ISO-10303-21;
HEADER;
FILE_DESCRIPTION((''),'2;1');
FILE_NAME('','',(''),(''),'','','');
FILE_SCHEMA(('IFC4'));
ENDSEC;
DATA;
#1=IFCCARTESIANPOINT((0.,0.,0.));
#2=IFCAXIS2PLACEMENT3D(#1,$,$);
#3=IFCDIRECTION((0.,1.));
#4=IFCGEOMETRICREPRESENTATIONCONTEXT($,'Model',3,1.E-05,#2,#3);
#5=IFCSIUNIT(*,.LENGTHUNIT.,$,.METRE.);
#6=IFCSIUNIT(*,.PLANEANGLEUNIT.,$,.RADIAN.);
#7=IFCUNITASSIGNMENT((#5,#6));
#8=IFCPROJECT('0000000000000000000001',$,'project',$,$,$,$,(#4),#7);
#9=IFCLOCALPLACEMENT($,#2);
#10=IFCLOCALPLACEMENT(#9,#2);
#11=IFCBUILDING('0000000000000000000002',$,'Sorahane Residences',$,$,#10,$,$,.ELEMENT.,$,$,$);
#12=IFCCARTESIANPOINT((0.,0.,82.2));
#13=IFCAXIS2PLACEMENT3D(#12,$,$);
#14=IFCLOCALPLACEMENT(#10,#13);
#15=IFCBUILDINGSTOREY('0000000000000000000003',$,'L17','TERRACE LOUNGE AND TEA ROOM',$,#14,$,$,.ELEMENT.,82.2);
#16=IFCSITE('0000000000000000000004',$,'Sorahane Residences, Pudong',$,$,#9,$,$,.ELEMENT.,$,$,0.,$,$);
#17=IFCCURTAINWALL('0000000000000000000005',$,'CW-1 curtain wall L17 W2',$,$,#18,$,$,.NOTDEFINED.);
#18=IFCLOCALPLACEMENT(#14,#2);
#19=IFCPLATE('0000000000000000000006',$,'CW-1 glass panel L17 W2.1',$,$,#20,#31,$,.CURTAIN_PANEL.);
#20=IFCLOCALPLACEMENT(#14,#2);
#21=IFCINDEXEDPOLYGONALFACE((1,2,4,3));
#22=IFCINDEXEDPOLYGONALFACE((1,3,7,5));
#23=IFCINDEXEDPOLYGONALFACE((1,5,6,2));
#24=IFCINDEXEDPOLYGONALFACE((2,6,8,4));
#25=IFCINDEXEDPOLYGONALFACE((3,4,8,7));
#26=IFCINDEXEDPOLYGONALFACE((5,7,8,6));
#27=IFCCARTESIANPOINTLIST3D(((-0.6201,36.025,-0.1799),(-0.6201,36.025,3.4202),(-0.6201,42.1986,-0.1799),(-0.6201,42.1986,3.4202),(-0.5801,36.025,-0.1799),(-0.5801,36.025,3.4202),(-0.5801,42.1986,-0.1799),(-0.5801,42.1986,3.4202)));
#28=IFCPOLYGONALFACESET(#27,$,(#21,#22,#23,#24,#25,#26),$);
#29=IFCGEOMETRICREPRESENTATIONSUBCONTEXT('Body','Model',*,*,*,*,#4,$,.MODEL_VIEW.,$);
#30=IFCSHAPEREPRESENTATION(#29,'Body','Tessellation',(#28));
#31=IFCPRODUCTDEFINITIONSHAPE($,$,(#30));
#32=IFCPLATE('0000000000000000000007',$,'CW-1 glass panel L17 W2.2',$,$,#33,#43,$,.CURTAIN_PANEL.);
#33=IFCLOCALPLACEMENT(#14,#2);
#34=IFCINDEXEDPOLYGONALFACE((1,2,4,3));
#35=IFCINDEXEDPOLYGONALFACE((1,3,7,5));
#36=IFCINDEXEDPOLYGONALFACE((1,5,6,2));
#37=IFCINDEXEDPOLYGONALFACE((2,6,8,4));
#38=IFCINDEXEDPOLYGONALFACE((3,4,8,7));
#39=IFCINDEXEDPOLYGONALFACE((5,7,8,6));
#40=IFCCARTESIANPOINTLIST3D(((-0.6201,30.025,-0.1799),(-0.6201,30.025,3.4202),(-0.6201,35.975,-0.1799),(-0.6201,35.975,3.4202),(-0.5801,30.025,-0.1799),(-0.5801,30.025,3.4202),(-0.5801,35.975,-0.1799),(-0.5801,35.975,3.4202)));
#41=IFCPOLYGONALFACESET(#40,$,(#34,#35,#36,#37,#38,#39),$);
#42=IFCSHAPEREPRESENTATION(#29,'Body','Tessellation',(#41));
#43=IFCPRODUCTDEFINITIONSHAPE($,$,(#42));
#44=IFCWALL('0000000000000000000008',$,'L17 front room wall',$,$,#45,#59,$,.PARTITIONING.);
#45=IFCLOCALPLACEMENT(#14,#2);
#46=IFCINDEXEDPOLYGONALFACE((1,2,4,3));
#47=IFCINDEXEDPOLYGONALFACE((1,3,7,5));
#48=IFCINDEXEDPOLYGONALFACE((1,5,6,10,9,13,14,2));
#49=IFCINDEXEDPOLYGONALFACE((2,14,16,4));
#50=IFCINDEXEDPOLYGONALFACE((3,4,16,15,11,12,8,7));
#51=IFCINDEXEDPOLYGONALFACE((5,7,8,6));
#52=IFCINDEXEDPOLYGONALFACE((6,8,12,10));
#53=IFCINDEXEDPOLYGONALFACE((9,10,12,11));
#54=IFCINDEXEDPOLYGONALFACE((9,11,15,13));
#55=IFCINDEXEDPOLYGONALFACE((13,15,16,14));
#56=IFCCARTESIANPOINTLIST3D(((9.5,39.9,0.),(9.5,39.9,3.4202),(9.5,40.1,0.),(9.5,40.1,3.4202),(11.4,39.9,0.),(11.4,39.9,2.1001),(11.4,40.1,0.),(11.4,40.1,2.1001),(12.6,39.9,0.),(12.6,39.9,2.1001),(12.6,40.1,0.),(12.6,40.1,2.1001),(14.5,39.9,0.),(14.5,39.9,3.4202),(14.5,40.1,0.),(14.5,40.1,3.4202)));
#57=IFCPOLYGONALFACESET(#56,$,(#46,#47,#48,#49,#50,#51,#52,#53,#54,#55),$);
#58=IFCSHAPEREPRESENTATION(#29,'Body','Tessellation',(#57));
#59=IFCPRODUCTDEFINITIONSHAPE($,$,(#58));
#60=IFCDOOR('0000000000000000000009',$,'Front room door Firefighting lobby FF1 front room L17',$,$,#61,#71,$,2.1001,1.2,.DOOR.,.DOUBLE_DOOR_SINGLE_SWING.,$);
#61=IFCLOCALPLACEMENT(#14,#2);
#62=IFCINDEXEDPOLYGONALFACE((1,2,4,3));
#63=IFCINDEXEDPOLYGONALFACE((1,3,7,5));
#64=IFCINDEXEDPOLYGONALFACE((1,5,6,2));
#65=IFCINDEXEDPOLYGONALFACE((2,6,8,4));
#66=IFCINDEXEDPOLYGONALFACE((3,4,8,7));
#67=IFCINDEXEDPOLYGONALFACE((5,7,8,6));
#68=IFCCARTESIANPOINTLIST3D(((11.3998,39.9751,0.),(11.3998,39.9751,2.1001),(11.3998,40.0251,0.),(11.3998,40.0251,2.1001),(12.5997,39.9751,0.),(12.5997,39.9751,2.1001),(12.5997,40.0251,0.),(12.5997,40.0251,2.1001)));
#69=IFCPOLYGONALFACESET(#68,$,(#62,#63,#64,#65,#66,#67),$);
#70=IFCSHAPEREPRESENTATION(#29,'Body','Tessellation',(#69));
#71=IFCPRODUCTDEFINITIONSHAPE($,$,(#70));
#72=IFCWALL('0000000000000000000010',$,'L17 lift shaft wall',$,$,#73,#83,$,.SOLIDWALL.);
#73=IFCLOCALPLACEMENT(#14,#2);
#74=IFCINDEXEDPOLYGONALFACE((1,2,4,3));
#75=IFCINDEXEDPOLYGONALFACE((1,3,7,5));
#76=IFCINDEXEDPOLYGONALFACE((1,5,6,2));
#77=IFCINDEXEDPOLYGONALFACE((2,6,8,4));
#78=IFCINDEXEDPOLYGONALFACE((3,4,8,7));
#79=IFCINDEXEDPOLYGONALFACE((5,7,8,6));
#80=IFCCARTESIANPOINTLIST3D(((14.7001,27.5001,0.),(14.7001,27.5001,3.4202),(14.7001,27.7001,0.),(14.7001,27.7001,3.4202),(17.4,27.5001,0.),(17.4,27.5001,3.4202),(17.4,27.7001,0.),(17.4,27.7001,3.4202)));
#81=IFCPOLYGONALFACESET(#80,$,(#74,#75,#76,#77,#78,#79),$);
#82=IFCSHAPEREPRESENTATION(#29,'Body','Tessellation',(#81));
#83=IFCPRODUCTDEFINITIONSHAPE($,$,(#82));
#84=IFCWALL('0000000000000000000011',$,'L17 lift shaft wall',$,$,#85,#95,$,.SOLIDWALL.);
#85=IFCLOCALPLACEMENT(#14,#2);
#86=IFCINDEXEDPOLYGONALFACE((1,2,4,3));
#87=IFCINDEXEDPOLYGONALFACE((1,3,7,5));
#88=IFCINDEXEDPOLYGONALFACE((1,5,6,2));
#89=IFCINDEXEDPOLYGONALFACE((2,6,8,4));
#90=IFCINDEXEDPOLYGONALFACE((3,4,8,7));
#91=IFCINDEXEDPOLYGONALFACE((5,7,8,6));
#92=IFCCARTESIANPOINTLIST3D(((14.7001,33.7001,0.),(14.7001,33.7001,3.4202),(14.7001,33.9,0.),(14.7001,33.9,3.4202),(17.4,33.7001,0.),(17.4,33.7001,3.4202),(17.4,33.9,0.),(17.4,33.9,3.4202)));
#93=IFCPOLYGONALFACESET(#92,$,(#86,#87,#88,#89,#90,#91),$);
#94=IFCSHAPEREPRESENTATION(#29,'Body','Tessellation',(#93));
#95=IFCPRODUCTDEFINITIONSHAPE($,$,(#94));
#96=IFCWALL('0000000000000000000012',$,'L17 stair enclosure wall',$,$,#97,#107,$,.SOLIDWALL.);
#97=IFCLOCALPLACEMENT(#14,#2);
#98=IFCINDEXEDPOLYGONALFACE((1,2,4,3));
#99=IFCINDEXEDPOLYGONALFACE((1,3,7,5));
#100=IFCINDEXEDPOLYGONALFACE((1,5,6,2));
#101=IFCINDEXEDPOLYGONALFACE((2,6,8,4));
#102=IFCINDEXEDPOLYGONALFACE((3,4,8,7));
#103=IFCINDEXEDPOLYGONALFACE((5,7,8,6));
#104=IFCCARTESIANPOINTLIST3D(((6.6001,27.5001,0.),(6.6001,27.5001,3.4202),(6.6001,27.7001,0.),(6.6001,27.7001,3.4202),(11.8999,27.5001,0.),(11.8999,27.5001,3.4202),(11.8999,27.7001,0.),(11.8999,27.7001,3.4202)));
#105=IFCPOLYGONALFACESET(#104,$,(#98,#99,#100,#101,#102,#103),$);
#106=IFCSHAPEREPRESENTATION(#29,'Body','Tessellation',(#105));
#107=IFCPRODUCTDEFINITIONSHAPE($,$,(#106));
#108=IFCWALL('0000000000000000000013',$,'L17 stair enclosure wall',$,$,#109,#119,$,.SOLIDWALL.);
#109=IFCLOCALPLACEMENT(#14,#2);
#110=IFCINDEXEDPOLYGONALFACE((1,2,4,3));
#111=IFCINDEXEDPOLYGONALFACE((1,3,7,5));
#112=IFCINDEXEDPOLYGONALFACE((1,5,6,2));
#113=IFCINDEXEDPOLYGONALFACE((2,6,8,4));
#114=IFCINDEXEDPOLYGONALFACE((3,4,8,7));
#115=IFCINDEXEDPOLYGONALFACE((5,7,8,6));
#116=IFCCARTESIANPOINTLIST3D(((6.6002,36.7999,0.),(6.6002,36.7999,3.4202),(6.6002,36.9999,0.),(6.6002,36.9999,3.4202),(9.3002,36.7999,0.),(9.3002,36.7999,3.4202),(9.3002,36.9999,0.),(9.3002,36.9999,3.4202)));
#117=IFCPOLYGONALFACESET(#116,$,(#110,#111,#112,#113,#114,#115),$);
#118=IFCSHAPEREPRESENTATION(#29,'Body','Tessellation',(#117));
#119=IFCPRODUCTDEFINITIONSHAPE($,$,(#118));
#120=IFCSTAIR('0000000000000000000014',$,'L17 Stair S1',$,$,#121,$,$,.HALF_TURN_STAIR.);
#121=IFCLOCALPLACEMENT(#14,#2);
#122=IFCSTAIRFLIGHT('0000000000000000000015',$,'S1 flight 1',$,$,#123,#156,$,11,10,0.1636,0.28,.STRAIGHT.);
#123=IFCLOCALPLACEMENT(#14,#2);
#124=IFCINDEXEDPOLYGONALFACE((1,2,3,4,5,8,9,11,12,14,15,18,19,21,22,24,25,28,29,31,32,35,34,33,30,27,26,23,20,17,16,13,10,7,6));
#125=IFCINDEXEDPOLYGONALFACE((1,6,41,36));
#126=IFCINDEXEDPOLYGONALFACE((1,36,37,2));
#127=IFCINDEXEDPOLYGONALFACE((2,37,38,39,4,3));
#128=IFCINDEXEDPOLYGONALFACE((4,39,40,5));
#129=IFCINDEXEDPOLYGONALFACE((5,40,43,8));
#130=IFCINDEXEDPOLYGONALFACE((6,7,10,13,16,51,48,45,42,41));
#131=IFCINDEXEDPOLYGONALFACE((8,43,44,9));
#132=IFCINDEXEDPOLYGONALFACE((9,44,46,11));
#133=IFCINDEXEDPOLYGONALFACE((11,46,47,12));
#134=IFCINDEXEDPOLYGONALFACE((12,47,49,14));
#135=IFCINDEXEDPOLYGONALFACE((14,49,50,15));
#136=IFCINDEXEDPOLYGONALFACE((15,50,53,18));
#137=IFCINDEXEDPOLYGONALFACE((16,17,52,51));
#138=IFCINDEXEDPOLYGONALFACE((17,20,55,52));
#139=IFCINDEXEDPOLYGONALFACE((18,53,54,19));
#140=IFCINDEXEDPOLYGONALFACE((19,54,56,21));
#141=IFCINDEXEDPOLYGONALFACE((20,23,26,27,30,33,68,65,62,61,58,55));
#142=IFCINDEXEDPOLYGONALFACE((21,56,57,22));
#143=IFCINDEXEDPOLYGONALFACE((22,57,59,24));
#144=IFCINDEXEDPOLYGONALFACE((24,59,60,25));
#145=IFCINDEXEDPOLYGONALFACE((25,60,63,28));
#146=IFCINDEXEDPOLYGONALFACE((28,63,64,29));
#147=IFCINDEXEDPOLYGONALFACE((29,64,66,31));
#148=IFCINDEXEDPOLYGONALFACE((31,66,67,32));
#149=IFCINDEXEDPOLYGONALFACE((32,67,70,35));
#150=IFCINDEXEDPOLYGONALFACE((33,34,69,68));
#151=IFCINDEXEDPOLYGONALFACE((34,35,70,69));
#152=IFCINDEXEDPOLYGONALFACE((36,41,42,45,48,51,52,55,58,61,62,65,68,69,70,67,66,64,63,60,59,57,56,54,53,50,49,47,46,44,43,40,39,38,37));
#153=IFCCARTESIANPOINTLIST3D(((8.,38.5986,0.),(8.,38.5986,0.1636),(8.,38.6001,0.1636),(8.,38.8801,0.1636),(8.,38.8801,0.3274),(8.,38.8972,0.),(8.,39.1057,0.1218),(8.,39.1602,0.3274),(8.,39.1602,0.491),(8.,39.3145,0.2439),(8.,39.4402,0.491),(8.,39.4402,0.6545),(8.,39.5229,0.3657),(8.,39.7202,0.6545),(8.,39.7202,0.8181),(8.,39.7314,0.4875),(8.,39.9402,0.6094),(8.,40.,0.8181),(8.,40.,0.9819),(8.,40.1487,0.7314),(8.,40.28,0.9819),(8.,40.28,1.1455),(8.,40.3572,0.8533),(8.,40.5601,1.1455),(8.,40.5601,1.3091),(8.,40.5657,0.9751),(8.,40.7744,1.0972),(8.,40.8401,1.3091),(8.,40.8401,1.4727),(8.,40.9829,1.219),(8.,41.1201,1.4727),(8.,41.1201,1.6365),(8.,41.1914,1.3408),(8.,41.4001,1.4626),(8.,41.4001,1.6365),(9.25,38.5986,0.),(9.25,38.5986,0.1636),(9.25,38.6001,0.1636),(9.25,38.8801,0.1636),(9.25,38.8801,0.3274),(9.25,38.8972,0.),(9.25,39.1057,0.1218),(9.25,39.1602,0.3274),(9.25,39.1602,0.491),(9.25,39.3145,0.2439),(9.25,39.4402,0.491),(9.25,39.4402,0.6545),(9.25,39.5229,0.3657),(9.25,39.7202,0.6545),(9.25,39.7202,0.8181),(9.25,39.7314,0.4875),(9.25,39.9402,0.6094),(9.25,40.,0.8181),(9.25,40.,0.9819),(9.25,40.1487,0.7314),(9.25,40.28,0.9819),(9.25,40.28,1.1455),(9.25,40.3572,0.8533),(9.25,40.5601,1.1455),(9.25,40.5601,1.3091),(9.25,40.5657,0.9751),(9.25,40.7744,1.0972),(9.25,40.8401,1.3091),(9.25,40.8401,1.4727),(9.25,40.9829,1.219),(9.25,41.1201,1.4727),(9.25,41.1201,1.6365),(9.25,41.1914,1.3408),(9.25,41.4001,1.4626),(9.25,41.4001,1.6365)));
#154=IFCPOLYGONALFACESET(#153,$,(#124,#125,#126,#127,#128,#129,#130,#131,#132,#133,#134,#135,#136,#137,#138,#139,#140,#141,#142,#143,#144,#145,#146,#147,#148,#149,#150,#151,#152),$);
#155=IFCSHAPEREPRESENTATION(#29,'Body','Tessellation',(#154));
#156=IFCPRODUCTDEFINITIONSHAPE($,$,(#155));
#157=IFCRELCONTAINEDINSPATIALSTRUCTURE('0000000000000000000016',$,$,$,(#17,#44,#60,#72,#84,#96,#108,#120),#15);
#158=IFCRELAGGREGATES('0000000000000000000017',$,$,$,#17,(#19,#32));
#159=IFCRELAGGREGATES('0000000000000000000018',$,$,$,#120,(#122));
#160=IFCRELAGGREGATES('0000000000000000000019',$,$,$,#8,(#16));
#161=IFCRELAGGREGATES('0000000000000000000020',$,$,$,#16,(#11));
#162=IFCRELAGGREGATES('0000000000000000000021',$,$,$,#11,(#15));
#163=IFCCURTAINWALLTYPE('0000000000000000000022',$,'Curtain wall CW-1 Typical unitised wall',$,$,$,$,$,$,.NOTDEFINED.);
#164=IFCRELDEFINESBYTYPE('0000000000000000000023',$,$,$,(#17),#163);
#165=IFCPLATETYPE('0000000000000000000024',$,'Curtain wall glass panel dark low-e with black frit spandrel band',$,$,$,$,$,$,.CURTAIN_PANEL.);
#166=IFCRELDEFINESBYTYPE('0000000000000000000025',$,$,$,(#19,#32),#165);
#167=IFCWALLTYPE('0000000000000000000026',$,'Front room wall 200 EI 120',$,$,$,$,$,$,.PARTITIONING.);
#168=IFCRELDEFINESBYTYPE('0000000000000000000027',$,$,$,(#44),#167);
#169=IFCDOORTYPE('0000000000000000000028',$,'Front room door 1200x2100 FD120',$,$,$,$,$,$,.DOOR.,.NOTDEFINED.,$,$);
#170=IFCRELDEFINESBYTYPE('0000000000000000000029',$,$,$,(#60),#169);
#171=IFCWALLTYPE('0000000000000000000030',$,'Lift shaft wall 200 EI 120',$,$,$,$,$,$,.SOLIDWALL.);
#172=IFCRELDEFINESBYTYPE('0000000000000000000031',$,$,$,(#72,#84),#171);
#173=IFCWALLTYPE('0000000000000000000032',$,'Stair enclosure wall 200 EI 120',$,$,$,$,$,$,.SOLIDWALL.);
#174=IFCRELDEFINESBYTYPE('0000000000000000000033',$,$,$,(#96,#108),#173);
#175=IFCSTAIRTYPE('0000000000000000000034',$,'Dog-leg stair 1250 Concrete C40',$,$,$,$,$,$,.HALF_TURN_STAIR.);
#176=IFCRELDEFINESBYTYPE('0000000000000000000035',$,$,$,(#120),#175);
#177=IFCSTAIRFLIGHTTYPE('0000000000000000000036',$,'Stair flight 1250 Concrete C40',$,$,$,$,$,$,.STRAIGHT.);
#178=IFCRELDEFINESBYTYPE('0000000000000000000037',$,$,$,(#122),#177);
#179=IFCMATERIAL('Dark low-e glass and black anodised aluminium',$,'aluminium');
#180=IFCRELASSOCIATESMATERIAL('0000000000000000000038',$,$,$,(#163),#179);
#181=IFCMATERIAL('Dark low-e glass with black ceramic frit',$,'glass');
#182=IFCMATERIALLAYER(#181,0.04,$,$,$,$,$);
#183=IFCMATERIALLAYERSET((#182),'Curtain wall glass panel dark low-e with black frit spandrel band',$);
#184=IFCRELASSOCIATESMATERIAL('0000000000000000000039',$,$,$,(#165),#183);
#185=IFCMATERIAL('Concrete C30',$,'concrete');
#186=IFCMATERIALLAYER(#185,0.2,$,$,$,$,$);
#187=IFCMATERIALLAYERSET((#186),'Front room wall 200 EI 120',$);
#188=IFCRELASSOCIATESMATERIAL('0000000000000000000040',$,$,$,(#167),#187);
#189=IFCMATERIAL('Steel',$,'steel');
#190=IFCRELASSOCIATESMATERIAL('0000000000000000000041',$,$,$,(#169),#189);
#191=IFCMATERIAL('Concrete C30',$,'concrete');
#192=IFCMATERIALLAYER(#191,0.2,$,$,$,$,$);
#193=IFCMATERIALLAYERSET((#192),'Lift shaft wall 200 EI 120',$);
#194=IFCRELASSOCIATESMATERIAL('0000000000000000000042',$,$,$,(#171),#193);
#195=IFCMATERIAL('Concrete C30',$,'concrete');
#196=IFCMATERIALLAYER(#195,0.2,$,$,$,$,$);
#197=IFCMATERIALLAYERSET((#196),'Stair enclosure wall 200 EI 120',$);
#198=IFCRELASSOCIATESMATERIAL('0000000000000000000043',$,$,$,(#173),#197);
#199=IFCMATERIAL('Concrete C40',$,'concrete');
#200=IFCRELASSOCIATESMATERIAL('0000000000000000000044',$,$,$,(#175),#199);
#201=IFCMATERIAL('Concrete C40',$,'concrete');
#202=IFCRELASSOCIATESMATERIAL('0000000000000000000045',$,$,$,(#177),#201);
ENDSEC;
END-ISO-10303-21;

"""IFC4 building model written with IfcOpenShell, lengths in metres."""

from ifc_helpers import new_model, si_unit, direction, frame, frame_2d, origin, origin_2d, place, context, subcontext, project, spatial, polyline, rectangle, outline, extrude, material, layer, layer_set, type_object, element, fill, aggregate, save


model = new_model("IFC4")

# Units and contexts
model_context = context("Model", 3, precision=1e-05, world=origin(), true_north=direction((0.0, 1.0)))
body_context = subcontext(model_context, "Body", "Model", "MODEL_VIEW")
ifc_project = project(units=[si_unit("LENGTHUNIT", "METRE"), si_unit("PLANEANGLEUNIT", "RADIAN")], contexts=[model_context])

# Site, building, storey
site_placement = place(None, origin())
site = spatial("IfcSite", under=ifc_project, at=site_placement, Name="Sorahane Residences, Pudong", CompositionType="ELEMENT", RefElevation=0.0)
building_placement = place(site_placement, origin())
building = spatial("IfcBuilding", under=site, at=building_placement, Name="Sorahane Residences", CompositionType="ELEMENT")
storey_placement = place(building_placement, frame((0.0, 0.0, 82.2)))
storey = spatial("IfcBuildingStorey", under=building, at=storey_placement, Name="L17", Description="TERRACE LOUNGE AND TEA ROOM", CompositionType="ELEMENT", Elevation=82.2)

# Curtain wall
ifc_material_1 = material(Name="Dark low-e glass and black anodised aluminium", Category="aluminium")
curtain_wall_type = type_object("IfcCurtainWallType", Name="Curtain wall CW-1 Typical unitised wall", PredefinedType="NOTDEFINED", material=ifc_material_1)
curtain_wall_placement = place(storey_placement, origin())
curtain_wall = element("IfcCurtainWall", 1, at=curtain_wall_placement, inside=storey, type_object=curtain_wall_type, Name="CW-1 curtain wall L17 W2", PredefinedType="NOTDEFINED")

# Plates
ifc_material_2 = material(Name="Dark low-e glass with black ceramic frit", Category="glass")
ifc_layer_1 = layer(ifc_material_2, 0.04)
ifc_layer_set_1 = layer_set([ifc_layer_1], Name="Curtain wall glass panel dark low-e with black frit spandrel band")
plate_type = type_object("IfcPlateType", Name="Curtain wall glass panel dark low-e with black frit spandrel band", PredefinedType="CURTAIN_PANEL", material=ifc_layer_set_1)
plate_1_placement = place(storey_placement, frame((-0.6001, 39.1118, -0.1799), z_axis=(0.0, 0.0, 1.0), x_axis=(0.0, -1.0, 0.0)))
plate_1 = element("IfcPlate", 2, at=plate_1_placement, type_object=plate_type, Name="CW-1 glass panel L17 W2.1", PredefinedType="CURTAIN_PANEL", context=body_context, shape_type="SweptSolid", body=[
    extrude(rectangle(XDim=6.1736, YDim=0.04, at=origin_2d()), origin(), (0.0, 0.0, 1.0), 3.6001),
])
plate_2_placement = place(storey_placement, frame((-0.6001, 33.0, -0.1799), z_axis=(0.0, 0.0, 1.0), x_axis=(0.0, -1.0, 0.0)))
plate_2 = element("IfcPlate", 3, at=plate_2_placement, type_object=plate_type, Name="CW-1 glass panel L17 W2.2", PredefinedType="CURTAIN_PANEL", context=body_context, shape_type="SweptSolid", body=[
    extrude(rectangle(XDim=5.95, YDim=0.04, at=origin_2d()), origin(), (0.0, 0.0, 1.0), 3.6001),
])
aggregate(curtain_wall, [plate_1, plate_2])

# Wall, opening, door
ifc_material_3 = material(Name="Concrete C30", Category="concrete")
ifc_layer_2 = layer(ifc_material_3, 0.2)
ifc_layer_set_2 = layer_set([ifc_layer_2], Name="Front room wall 200 EI 120")
wall_type_1 = type_object("IfcWallType", Name="Front room wall 200 EI 120", PredefinedType="PARTITIONING", material=ifc_layer_set_2)
wall_1_placement = place(storey_placement, frame((9.5, 40.0, 0.0), z_axis=(0.0, 0.0, 1.0), x_axis=(1.0, 0.0, 0.0)))
wall_1 = element("IfcWall", 4, at=wall_1_placement, inside=storey, type_object=wall_type_1, Name="L17 front room wall", PredefinedType="PARTITIONING", context=body_context, shape_type="SweptSolid", body=[
    extrude(rectangle(XDim=5.0, YDim=0.2, at=frame_2d((2.5, 0.0))), origin(), (0.0, 0.0, 1.0), 3.4202),
])
opening_placement = place(wall_1_placement, frame((1.8999, 0.0, 0.0)))
opening = element("IfcOpeningElement", 5, at=opening_placement, cuts=wall_1, PredefinedType="OPENING", context=body_context, shape_type="SweptSolid", body=[
    extrude(rectangle(XDim=1.2, YDim=2.1001, at=frame_2d((0.6001, 1.05))), frame((0.0, 0.1099, 0.0), z_axis=(0.0, -1.0, 0.0), x_axis=(1.0, 0.0, 0.0)), (0.0, 0.0, 1.0), 0.22),
])
ifc_material_4 = material(Name="Steel", Category="steel")
door_type = type_object("IfcDoorType", Name="Front room door 1200x2100 FD120", OperationType="NOTDEFINED", PredefinedType="DOOR", material=ifc_material_4)
door_placement = place(opening_placement, frame((1.2, 0.0, 0.0), z_axis=(0.0, 0.0, 1.0), x_axis=(-1.0, 0.0, 0.0)))
door = element("IfcDoor", 6, at=door_placement, inside=storey, type_object=door_type, Name="Front room door Firefighting lobby FF1 front room L17", OperationType="DOUBLE_DOOR_SINGLE_SWING", OverallHeight=2.1001, OverallWidth=1.2, PredefinedType="DOOR", context=body_context, shape_type="SweptSolid", body=[
    extrude(rectangle(XDim=1.2, YDim=2.1001, at=frame_2d((0.6001, 1.05))), frame((0.0, 0.0249, 0.0), z_axis=(0.0, -1.0, 0.0), x_axis=(1.0, 0.0, 0.0)), (0.0, 0.0, 1.0), 0.05),
])
fill(opening, door)

# Walls
ifc_material_5 = material(Name="Concrete C30", Category="concrete")
ifc_layer_3 = layer(ifc_material_5, 0.2)
ifc_layer_set_3 = layer_set([ifc_layer_3], Name="Lift shaft wall 200 EI 120")
wall_type_2 = type_object("IfcWallType", Name="Lift shaft wall 200 EI 120", PredefinedType="SOLIDWALL", material=ifc_layer_set_3)
for number, where, z_axis, x_axis, name in (
    (7, (14.7, 27.6001, 0.0), (0.0, 0.0, 1.0), (1.0, 0.0, 0.0), "L17 lift shaft wall"),
    (8, (14.7, 33.8, 0.0), (0.0, 0.0, 1.0), (1.0, 0.0, 0.0), "L17 lift shaft wall"),
):
    element("IfcWall", number, at=place(storey_placement, frame(where, z_axis=z_axis, x_axis=x_axis)), inside=storey, type_object=wall_type_2, Name=name, PredefinedType="SOLIDWALL", context=body_context, shape_type="SweptSolid", body=[
        extrude(rectangle(XDim=2.7, YDim=0.2, at=frame_2d((1.3501, 0.0))), origin(), (0.0, 0.0, 1.0), 3.4202),
    ])
ifc_material_6 = material(Name="Concrete C30", Category="concrete")
ifc_layer_4 = layer(ifc_material_6, 0.2)
ifc_layer_set_4 = layer_set([ifc_layer_4], Name="Stair enclosure wall 200 EI 120")
wall_type_3 = type_object("IfcWallType", Name="Stair enclosure wall 200 EI 120", PredefinedType="SOLIDWALL", material=ifc_layer_set_4)
wall_2_placement = place(storey_placement, frame((6.6001, 27.6001, 0.0), z_axis=(0.0, 0.0, 1.0), x_axis=(1.0, 0.0, 0.0)))
element("IfcWall", 9, at=wall_2_placement, inside=storey, type_object=wall_type_3, Name="L17 stair enclosure wall", PredefinedType="SOLIDWALL", context=body_context, shape_type="SweptSolid", body=[
    extrude(rectangle(XDim=5.2998, YDim=0.2, at=frame_2d((2.6499, 0.0))), origin(), (0.0, 0.0, 1.0), 3.4202),
])
wall_3_placement = place(storey_placement, frame((6.6001, 36.8999, 0.0), z_axis=(0.0, 0.0, 1.0), x_axis=(1.0, 0.0, 0.0)))
element("IfcWall", 10, at=wall_3_placement, inside=storey, type_object=wall_type_3, Name="L17 stair enclosure wall", PredefinedType="SOLIDWALL", context=body_context, shape_type="SweptSolid", body=[
    extrude(rectangle(XDim=2.7, YDim=0.2, at=frame_2d((1.3501, 0.0))), origin(), (0.0, 0.0, 1.0), 3.4202),
])

# Stair, stair flight
ifc_material_7 = material(Name="Concrete C40", Category="concrete")
stair_type = type_object("IfcStairType", Name="Dog-leg stair 1250 Concrete C40", PredefinedType="HALF_TURN_STAIR", material=ifc_material_7)
stair_placement = place(storey_placement, origin())
stair = element("IfcStair", 11, at=stair_placement, inside=storey, type_object=stair_type, Name="L17 Stair S1", PredefinedType="HALF_TURN_STAIR")
ifc_material_8 = material(Name="Concrete C40", Category="concrete")
stair_flight_type = type_object("IfcStairFlightType", Name="Stair flight 1250 Concrete C40", PredefinedType="STRAIGHT", material=ifc_material_8)
stair_flight_1_placement = place(storey_placement, frame((8.625, 38.6001, 0.0), z_axis=(0.0, 0.0, 1.0), x_axis=(0.0, 1.0, 0.0)))
stair_flight_1 = element("IfcStairFlight", 12, at=stair_flight_1_placement, type_object=stair_flight_type, Name="S1 flight 1", NumberOfRisers=11, NumberOfTreads=10, PredefinedType="STRAIGHT", RiserHeight=0.1636, TreadLength=0.28, context=body_context, shape_type="SweptSolid", body=[
    extrude(outline(polyline([(-0.0015, 0.0), (-0.0015, 0.1636), (0.0, 0.1636), (0.28, 0.1636), (0.28, 0.3274), (0.5601, 0.3274), (0.5601, 0.491), (0.8401, 0.491), (0.8401, 0.6545), (1.1201, 0.6545), (1.1201, 0.8181), (1.3999, 0.8181), (1.3999, 0.9819), (1.6799, 0.9819), (1.6799, 1.1455), (1.96, 1.1455), (1.96, 1.3091), (2.24, 1.3091), (2.24, 1.4727), (2.52, 1.4727), (2.52, 1.6365), (2.8, 1.6365), (2.8, 1.8), (2.8, 1.4626), (2.5913, 1.3408), (2.3828, 1.219), (2.1743, 1.0972), (1.9656, 0.9751), (1.7571, 0.8533), (1.5486, 0.7314), (1.3401, 0.6094), (1.1313, 0.4875), (0.9229, 0.3657), (0.7144, 0.2439), (0.5056, 0.1218), (0.2971, 0.0), (-0.0015, 0.0)])), frame((0.0, 0.625, 0.0), z_axis=(0.0, -1.0, 0.0), x_axis=(1.0, 0.0, 0.0)), (0.0, 0.0, 1.0), 1.25),
])
aggregate(stair, [stair_flight_1])

save(model, "model.ifc")
